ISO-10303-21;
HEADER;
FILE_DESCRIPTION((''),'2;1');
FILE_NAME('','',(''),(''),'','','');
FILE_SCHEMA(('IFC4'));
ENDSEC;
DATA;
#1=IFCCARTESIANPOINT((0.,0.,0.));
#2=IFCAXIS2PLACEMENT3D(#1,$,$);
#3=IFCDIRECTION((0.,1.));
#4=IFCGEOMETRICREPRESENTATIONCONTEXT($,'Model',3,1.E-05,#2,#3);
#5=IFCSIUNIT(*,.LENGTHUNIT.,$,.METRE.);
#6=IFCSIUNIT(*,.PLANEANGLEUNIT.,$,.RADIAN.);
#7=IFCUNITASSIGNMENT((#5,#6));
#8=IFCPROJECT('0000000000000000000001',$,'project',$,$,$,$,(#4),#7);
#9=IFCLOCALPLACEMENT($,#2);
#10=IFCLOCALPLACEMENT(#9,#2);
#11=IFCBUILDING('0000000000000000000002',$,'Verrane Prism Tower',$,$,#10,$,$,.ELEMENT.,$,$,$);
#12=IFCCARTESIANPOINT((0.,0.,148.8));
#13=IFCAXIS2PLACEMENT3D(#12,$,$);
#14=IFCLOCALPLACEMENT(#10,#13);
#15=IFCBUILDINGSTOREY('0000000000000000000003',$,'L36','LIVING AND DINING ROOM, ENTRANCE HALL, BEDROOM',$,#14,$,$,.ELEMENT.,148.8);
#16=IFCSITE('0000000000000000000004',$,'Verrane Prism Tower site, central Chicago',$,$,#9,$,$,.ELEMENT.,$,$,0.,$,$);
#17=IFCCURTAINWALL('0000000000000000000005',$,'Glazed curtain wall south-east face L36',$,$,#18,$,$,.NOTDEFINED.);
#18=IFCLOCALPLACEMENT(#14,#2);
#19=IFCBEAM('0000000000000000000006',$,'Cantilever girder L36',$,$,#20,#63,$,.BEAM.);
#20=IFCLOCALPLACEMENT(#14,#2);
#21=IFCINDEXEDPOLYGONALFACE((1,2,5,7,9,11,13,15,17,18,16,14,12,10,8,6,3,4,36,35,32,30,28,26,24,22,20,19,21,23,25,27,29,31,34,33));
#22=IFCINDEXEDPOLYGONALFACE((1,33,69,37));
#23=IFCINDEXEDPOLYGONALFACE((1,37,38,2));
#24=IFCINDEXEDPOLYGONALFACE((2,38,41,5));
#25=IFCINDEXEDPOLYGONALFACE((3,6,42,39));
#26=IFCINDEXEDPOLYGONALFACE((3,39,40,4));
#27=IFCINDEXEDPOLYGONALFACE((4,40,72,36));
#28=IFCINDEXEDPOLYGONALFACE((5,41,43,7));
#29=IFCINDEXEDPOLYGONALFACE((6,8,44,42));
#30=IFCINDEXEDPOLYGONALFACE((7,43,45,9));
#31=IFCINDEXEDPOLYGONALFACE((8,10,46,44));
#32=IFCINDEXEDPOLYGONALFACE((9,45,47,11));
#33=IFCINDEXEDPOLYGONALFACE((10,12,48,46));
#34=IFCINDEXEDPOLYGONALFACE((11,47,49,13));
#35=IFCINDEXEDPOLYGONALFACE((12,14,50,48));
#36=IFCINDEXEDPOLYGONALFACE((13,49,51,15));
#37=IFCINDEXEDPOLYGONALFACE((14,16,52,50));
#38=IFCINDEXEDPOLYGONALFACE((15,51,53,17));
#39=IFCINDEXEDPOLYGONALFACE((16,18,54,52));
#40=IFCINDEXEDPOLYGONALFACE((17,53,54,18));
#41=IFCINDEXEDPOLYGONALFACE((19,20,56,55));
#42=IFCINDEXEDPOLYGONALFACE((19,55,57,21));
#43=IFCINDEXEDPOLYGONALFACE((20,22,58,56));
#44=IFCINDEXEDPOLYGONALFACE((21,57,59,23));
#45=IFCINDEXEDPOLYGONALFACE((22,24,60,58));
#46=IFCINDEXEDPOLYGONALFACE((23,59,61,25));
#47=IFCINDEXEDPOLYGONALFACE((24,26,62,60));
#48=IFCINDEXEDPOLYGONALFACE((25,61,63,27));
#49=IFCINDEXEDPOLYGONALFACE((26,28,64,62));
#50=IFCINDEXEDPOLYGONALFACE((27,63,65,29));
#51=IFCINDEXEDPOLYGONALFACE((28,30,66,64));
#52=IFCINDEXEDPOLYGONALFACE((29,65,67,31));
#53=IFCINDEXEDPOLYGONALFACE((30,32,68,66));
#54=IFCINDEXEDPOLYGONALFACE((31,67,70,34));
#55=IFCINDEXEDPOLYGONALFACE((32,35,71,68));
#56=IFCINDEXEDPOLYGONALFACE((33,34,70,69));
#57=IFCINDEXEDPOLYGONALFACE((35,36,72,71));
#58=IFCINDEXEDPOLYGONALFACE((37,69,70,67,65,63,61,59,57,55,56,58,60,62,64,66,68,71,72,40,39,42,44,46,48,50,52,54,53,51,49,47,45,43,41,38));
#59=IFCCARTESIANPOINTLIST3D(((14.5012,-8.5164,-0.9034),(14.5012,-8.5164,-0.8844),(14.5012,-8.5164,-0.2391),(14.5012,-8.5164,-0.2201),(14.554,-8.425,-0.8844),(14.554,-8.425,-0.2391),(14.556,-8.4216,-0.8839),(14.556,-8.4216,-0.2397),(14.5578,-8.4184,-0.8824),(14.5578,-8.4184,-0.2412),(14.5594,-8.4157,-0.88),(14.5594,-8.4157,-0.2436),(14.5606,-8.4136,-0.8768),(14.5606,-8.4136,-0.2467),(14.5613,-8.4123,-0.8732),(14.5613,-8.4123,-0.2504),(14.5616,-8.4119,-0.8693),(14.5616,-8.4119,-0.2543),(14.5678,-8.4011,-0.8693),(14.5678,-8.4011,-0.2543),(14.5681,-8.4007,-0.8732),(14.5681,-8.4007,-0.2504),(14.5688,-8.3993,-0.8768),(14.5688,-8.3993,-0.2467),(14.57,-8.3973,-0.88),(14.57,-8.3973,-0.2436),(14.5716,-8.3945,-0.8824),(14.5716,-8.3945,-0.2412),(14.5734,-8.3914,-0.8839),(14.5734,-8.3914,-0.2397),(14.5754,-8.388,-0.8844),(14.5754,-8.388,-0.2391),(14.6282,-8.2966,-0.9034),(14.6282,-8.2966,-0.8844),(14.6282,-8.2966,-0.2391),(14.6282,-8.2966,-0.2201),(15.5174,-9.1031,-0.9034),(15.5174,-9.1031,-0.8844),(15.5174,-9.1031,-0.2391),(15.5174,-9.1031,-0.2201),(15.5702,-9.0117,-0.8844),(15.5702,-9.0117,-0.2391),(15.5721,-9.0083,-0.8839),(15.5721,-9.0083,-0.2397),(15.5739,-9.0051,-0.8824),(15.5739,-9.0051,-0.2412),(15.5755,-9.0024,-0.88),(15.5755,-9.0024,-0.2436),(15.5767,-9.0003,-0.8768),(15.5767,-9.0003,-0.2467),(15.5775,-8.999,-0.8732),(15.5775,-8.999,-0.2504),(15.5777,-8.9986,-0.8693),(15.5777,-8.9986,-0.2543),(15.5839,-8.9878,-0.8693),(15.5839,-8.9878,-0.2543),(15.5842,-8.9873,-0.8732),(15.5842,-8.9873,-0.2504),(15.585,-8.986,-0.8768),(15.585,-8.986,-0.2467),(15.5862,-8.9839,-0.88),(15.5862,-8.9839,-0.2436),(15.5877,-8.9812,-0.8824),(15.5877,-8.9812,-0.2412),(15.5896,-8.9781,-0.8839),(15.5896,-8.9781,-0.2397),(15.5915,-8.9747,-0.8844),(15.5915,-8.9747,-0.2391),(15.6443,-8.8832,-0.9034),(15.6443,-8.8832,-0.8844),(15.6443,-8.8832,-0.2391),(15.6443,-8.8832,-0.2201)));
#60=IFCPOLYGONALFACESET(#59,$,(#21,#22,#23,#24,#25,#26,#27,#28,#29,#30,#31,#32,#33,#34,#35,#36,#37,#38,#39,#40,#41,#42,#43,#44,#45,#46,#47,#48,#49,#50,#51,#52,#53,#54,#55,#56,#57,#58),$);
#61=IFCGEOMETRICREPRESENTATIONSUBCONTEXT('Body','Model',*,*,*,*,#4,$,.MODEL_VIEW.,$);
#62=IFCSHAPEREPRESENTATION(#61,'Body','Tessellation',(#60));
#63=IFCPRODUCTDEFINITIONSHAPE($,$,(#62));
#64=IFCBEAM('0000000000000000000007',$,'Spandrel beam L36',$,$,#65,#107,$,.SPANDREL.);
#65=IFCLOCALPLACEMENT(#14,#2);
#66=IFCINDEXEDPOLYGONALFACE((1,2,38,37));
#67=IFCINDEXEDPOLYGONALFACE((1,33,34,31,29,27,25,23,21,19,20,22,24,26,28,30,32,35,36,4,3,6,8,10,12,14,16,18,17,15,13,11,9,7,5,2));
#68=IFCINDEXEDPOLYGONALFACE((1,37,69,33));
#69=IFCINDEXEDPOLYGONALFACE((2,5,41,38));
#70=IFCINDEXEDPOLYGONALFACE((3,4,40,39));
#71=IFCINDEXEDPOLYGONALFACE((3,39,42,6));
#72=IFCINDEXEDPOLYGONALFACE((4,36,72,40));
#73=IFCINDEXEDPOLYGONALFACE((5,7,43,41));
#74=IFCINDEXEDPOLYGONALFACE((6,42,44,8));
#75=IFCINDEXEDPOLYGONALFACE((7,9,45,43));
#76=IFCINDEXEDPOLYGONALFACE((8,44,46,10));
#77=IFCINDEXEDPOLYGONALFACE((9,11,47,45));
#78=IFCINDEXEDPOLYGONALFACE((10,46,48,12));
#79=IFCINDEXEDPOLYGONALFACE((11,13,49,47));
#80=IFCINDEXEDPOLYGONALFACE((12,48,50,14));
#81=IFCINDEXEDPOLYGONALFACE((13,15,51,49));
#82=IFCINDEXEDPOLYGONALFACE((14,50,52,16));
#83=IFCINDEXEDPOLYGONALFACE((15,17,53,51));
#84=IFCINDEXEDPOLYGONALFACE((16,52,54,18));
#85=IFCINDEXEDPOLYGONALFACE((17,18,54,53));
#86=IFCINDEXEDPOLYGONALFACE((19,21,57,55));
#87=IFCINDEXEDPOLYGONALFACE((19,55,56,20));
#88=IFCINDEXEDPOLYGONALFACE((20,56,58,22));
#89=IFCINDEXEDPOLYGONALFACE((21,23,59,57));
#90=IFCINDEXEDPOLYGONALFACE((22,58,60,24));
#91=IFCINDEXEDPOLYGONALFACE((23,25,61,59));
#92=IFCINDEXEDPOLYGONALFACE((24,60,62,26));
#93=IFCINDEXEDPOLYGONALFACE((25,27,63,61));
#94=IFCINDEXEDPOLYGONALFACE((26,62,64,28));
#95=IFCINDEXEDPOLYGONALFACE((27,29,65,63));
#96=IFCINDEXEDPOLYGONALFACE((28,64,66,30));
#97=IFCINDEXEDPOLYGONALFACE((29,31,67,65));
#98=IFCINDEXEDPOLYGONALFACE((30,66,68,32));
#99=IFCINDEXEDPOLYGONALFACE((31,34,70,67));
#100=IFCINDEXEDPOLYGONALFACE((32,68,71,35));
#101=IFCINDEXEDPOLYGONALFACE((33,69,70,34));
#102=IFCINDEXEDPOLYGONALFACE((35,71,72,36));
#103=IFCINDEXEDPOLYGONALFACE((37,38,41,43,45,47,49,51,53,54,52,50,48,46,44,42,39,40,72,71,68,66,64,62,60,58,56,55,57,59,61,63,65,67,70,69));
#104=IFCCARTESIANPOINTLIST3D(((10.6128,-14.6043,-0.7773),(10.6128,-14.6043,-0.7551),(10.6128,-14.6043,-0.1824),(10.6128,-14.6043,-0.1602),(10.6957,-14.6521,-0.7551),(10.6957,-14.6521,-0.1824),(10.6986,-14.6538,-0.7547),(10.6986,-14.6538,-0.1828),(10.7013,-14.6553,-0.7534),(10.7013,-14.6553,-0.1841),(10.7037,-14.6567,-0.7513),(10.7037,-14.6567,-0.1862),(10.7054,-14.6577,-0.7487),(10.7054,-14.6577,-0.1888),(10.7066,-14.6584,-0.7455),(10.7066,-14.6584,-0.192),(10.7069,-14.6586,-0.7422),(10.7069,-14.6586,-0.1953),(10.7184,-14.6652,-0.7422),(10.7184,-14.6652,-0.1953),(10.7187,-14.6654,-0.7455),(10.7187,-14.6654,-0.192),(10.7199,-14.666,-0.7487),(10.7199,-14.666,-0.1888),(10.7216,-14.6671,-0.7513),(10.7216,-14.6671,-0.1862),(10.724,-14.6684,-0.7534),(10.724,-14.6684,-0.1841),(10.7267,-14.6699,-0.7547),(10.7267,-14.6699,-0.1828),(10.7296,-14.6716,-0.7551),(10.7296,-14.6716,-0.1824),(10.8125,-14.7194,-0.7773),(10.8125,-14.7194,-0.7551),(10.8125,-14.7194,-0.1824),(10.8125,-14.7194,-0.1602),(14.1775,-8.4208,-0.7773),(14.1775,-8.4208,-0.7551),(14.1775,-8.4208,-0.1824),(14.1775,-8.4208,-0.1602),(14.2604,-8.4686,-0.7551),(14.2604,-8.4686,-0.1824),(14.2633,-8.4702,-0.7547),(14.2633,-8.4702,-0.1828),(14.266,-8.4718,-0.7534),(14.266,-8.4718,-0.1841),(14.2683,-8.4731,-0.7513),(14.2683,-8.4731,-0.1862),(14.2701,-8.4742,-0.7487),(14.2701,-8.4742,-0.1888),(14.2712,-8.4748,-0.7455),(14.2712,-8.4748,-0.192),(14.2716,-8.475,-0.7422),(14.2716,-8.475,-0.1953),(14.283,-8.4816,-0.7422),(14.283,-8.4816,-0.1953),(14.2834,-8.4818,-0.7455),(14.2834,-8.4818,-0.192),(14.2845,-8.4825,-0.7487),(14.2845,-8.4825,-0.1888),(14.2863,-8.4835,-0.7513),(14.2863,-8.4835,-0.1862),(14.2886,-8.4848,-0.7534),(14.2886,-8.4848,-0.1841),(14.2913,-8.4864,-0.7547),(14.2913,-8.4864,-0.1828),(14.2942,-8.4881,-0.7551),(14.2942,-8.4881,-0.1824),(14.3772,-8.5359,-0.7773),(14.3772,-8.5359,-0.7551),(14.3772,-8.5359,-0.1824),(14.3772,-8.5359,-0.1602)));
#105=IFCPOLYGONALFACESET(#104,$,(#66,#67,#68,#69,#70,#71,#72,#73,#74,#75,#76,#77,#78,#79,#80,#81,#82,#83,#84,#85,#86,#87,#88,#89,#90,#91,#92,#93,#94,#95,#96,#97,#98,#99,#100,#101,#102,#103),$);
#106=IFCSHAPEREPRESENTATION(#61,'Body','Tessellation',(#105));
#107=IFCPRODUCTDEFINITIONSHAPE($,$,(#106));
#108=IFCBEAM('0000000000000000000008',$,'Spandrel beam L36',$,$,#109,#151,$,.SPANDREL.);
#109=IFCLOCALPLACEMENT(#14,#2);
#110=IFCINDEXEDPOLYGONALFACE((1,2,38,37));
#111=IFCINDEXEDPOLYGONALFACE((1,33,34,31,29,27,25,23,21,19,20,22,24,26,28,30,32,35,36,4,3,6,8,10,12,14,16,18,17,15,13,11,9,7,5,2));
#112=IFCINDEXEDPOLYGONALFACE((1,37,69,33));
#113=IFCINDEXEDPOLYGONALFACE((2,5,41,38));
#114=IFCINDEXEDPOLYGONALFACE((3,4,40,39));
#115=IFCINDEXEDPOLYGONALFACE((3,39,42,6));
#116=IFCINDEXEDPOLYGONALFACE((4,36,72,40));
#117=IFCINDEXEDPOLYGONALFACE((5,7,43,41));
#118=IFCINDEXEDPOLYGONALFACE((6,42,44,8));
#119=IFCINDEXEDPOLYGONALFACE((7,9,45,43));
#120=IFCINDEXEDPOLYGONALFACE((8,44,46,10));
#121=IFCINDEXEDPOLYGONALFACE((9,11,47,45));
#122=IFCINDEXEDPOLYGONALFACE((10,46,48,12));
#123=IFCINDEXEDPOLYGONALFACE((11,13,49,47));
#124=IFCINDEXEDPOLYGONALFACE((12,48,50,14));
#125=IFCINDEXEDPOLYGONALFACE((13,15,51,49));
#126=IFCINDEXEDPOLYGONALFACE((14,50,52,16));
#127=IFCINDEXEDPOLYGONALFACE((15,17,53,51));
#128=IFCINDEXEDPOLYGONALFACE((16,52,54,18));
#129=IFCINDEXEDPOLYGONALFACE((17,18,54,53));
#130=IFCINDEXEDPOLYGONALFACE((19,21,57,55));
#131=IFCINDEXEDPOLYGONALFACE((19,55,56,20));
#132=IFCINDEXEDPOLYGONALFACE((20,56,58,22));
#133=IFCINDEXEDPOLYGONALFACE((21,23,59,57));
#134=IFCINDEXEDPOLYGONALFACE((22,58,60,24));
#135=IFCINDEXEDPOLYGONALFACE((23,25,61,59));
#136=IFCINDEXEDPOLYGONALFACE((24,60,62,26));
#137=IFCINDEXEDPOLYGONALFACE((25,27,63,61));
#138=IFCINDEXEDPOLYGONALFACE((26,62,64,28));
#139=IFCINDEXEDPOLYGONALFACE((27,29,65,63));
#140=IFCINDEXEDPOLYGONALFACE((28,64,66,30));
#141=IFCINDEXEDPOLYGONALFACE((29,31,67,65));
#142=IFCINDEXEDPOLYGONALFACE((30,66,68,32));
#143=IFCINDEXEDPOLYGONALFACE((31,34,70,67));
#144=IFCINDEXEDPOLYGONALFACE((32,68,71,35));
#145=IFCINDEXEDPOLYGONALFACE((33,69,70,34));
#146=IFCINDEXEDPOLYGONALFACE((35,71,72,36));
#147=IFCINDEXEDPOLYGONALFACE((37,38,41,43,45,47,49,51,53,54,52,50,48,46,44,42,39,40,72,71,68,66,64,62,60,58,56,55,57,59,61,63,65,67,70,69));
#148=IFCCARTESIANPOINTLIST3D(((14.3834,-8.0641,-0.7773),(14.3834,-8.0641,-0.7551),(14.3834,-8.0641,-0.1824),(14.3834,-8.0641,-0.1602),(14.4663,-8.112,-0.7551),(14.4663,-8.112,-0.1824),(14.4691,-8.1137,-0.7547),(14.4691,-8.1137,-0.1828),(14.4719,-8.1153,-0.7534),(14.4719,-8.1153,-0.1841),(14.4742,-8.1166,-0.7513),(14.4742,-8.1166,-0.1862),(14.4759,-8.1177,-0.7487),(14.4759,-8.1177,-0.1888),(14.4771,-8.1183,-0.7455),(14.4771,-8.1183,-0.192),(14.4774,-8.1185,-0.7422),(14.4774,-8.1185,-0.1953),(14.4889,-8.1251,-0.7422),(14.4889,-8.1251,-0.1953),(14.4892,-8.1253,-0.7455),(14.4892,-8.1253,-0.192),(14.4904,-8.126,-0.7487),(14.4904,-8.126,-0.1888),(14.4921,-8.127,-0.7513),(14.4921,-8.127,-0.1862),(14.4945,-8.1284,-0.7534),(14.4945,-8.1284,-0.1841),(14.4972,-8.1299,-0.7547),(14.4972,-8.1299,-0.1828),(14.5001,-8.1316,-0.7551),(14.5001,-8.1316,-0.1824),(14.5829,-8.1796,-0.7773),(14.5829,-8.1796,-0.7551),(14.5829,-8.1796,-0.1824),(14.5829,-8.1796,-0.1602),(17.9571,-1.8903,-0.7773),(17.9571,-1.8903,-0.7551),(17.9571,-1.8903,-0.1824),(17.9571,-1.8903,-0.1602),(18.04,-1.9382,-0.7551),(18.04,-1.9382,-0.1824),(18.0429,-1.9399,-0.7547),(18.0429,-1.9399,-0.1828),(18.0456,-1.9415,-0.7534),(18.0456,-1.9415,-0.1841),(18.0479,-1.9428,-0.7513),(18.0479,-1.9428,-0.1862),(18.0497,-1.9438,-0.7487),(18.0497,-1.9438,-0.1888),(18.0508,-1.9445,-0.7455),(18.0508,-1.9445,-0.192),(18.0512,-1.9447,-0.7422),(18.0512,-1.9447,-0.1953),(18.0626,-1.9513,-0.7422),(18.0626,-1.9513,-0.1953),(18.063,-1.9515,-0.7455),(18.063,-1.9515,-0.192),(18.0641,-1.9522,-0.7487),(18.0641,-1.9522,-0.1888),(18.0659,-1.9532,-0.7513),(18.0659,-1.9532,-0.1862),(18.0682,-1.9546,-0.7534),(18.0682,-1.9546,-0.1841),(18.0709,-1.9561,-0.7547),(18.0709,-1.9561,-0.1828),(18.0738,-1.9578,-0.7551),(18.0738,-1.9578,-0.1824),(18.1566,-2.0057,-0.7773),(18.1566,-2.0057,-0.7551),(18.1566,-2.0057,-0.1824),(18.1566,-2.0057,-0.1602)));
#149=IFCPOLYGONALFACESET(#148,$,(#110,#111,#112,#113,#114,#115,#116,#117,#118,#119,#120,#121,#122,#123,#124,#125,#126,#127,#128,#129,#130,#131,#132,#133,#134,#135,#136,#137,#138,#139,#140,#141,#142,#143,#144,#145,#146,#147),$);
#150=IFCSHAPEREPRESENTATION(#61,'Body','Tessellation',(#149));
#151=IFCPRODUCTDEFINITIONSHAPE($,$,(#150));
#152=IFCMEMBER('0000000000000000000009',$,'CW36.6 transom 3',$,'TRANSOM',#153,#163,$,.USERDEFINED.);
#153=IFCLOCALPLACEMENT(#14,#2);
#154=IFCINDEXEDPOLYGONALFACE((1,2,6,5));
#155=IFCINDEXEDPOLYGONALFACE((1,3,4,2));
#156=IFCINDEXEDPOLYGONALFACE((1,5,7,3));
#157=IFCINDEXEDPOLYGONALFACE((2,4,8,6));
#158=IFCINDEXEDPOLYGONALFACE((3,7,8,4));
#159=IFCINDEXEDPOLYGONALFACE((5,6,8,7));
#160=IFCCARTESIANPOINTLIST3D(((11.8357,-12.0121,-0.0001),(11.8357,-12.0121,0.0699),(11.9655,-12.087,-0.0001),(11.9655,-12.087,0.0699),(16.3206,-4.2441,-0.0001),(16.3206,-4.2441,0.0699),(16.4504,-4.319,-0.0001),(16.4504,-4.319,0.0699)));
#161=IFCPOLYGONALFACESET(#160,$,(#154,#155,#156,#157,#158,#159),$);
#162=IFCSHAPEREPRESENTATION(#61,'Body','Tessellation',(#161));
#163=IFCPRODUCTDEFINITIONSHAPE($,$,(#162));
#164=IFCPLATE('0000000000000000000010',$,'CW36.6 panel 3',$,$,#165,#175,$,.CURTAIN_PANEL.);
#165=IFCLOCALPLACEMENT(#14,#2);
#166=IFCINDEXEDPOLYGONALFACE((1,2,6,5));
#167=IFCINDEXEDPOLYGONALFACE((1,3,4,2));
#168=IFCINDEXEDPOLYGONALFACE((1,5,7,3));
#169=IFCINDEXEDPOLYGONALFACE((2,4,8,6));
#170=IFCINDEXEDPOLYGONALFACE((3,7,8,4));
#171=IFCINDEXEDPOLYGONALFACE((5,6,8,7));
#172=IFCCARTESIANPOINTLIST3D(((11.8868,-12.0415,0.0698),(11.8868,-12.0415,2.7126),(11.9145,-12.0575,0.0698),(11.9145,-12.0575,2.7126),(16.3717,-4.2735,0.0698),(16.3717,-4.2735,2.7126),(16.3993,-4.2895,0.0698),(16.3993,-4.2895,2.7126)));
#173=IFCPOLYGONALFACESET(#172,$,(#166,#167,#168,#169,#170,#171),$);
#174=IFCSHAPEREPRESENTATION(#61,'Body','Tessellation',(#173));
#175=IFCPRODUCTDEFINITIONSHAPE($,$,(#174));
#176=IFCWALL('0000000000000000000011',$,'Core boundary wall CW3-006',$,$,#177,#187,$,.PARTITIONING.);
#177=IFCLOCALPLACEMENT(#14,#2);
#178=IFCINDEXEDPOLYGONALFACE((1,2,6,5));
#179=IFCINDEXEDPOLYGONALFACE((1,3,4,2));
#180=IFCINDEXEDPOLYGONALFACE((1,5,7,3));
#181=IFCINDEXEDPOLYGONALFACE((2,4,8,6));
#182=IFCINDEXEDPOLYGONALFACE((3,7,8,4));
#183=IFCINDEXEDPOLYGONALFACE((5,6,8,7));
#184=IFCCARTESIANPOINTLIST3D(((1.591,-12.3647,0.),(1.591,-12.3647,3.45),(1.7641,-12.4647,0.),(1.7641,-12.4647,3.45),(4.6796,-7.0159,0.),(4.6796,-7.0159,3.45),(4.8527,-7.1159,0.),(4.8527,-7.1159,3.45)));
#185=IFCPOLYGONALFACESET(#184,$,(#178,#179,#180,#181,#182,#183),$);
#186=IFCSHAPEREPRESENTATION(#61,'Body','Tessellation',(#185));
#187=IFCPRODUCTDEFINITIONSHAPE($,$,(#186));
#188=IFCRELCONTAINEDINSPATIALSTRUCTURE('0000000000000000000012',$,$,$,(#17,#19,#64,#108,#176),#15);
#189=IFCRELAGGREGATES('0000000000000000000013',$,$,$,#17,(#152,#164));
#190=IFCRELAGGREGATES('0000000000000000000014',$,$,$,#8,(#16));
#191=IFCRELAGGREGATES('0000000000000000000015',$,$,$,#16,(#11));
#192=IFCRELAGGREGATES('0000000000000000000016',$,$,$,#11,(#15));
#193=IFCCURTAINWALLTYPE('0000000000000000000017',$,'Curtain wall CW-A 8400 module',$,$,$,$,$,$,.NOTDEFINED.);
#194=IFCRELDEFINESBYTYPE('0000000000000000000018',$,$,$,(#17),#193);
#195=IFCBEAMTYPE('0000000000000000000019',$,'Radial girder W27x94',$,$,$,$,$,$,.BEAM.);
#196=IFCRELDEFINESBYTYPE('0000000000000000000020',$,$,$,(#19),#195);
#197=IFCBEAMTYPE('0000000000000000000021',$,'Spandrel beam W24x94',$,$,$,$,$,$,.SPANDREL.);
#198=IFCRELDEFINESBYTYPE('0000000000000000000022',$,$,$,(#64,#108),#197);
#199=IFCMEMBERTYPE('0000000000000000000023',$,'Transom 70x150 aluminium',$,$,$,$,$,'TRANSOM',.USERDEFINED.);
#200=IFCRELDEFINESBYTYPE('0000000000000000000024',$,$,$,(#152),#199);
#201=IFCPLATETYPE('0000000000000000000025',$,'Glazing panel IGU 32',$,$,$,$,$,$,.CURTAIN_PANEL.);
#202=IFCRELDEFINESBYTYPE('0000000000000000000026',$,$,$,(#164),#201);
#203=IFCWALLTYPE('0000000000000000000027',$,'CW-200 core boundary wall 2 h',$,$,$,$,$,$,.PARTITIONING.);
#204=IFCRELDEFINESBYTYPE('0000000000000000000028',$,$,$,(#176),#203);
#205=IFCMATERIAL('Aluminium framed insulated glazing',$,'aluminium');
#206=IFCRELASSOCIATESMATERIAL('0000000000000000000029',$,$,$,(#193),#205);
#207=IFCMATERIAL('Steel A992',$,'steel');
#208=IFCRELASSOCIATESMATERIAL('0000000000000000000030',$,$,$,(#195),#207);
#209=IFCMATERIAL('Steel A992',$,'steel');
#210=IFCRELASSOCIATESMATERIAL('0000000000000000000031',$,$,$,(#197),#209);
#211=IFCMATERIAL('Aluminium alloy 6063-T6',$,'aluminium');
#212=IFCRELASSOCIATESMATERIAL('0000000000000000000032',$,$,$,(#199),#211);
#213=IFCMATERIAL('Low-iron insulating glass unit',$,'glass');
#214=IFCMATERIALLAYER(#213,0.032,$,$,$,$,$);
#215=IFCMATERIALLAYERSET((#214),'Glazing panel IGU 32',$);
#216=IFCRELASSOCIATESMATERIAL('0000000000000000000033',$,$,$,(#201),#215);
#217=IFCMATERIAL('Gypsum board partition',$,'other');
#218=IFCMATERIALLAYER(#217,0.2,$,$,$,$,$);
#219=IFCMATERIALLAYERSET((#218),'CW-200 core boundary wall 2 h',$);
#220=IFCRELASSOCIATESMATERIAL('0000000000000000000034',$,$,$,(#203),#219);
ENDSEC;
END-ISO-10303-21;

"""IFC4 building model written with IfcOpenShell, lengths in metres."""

from ifc_helpers import new_model, si_unit, direction, frame, frame_2d, origin, origin_2d, place, context, subcontext, project, spatial, rectangle, i_section, extrude, material, layer, layer_set, material_profile, profile_set, type_object, element, aggregate, save


model = new_model("IFC4")

# Units and contexts
model_context = context("Model", 3, precision=1e-05, world=origin(), true_north=direction((0.0, 1.0)))
body_context = subcontext(model_context, "Body", "Model", "MODEL_VIEW")
ifc_project = project(units=[si_unit("LENGTHUNIT", "METRE"), si_unit("PLANEANGLEUNIT", "RADIAN")], contexts=[model_context])

# Site, building, storey
site_placement = place(None, origin())
site = spatial("IfcSite", under=ifc_project, at=site_placement, Name="Verrane Prism Tower site, central Chicago", CompositionType="ELEMENT", RefElevation=0.0)
building_placement = place(site_placement, origin())
building = spatial("IfcBuilding", under=site, at=building_placement, Name="Verrane Prism Tower", CompositionType="ELEMENT")
storey_placement = place(building_placement, frame((0.0, 0.0, 148.8)))
storey = spatial("IfcBuildingStorey", under=building, at=storey_placement, Name="L36", Description="LIVING AND DINING ROOM, ENTRANCE HALL, BEDROOM", CompositionType="ELEMENT", Elevation=148.8)

# Curtain wall
ifc_material_1 = material(Name="Aluminium framed insulated glazing", Category="aluminium")
curtain_wall_type = type_object("IfcCurtainWallType", Name="Curtain wall CW-A 8400 module", PredefinedType="NOTDEFINED", material=ifc_material_1)
curtain_wall_placement = place(storey_placement, origin())
curtain_wall = element("IfcCurtainWall", 1, at=curtain_wall_placement, inside=storey, type_object=curtain_wall_type, Name="Glazed curtain wall south-east face L36", PredefinedType="NOTDEFINED")

# Beams
ifc_material_2 = material(Name="Steel A992", Category="steel")
ifc_material_profile_1 = material_profile(ifc_material_2, i_section(OverallWidth=0.2539, OverallDepth=0.6833, WebThickness=0.0125, FlangeThickness=0.019, FilletRadius=0.0151, at=origin_2d()), Name="W27x94")
ifc_profile_set_1 = profile_set([ifc_material_profile_1], Name="Steel A992")
beam_type_1 = type_object("IfcBeamType", Name="Radial girder W27x94", PredefinedType="BEAM", material=ifc_profile_set_1)
beam_1_placement = place(storey_placement, frame((14.5647, -8.4065, -0.5618), z_axis=(0.866019, -0.500011, 0.0), x_axis=(0.500011, 0.866019, 0.0)))
element("IfcBeam", 2, at=beam_1_placement, inside=storey, type_object=beam_type_1, Name="Cantilever girder L36", PredefinedType="BEAM", context=body_context, shape_type="SweptSolid", body=[
    extrude(i_section(OverallWidth=0.2539, OverallDepth=0.6833, WebThickness=0.0125, FlangeThickness=0.019, FilletRadius=0.0151, at=origin_2d()), origin(), (0.0, 0.0, 1.0), 1.1733),
])
ifc_material_3 = material(Name="Steel A992", Category="steel")
ifc_material_profile_2 = material_profile(ifc_material_3, i_section(OverallWidth=0.2305, OverallDepth=0.6172, WebThickness=0.0132, FlangeThickness=0.0222, FilletRadius=0.0129, at=origin_2d()), Name="W24x94")
ifc_profile_set_2 = profile_set([ifc_material_profile_2], Name="Steel A992")
beam_type_2 = type_object("IfcBeamType", Name="Spandrel beam W24x94", PredefinedType="SPANDREL", material=ifc_profile_set_2)
beam_2_placement = place(storey_placement, frame((10.7126, -14.6619, -0.4688), z_axis=(0.499432, 0.866353, 0.0), x_axis=(-0.866353, 0.499432, 0.0)))
element("IfcBeam", 3, at=beam_2_placement, inside=storey, type_object=beam_type_2, Name="Spandrel beam L36", PredefinedType="SPANDREL", context=body_context, shape_type="SweptSolid", body=[
    extrude(i_section(OverallWidth=0.2305, OverallDepth=0.6172, WebThickness=0.0132, FlangeThickness=0.0222, FilletRadius=0.0129, at=origin_2d()), origin(), (0.0, 0.0, 1.0), 7.1375),
])
beam_3_placement = place(storey_placement, frame((14.4832, -8.1218, -0.4688), z_axis=(0.500974, 0.865462, 0.0), x_axis=(-0.865462, 0.500974, 0.0)))
element("IfcBeam", 4, at=beam_3_placement, inside=storey, type_object=beam_type_2, Name="Spandrel beam L36", PredefinedType="SPANDREL", context=body_context, shape_type="SweptSolid", body=[
    extrude(i_section(OverallWidth=0.2305, OverallDepth=0.6172, WebThickness=0.0132, FlangeThickness=0.0222, FilletRadius=0.0129, at=origin_2d()), origin(), (0.0, 0.0, 1.0), 7.1335),
])

# Member
ifc_material_4 = material(Name="Aluminium alloy 6063-T6", Category="aluminium")
ifc_material_profile_3 = material_profile(ifc_material_4, rectangle(XDim=0.1499, YDim=0.0701, at=origin_2d()), Name="Transom 70x150 aluminium")
ifc_profile_set_3 = profile_set([ifc_material_profile_3], Name="Aluminium alloy 6063-T6")
member_type_1 = type_object("IfcMemberType", Name="Transom 70x150 aluminium", ElementType="TRANSOM", PredefinedType="USERDEFINED", material=ifc_profile_set_3)
member_1_placement = place(storey_placement, frame((11.9006, -12.0496, 0.0349), z_axis=(0.499997, 0.866027, 0.0), x_axis=(-0.866027, 0.499997, 0.0)))
member_1 = element("IfcMember", 5, at=member_1_placement, type_object=member_type_1, Name="CW36.6 transom 3", ObjectType="TRANSOM", PredefinedType="USERDEFINED", context=body_context, shape_type="SweptSolid", body=[
    extrude(rectangle(XDim=0.1499, YDim=0.0701, at=origin_2d()), origin(), (0.0, 0.0, 1.0), 8.9697),
])

# Plate
ifc_material_5 = material(Name="Low-iron insulating glass unit", Category="glass")
ifc_layer_1 = layer(ifc_material_5, 0.032)
ifc_layer_set_1 = layer_set([ifc_layer_1], Name="Glazing panel IGU 32")
plate_type = type_object("IfcPlateType", Name="Glazing panel IGU 32", PredefinedType="CURTAIN_PANEL", material=ifc_layer_set_1)
plate_placement = place(storey_placement, frame((14.1431, -8.1655, 0.0698), z_axis=(0.0, 0.0, 1.0), x_axis=(0.500001, 0.866025, 0.0)))
plate = element("IfcPlate", 6, at=plate_placement, type_object=plate_type, Name="CW36.6 panel 3", PredefinedType="CURTAIN_PANEL", context=body_context, shape_type="SweptSolid", body=[
    extrude(rectangle(XDim=8.9697, YDim=0.032, at=origin_2d()), origin(), (0.0, 0.0, 1.0), 2.6428),
])
aggregate(curtain_wall, [member_1, plate])

# Wall
ifc_material_6 = material(Name="Gypsum board partition", Category="other")
ifc_layer_2 = layer(ifc_material_6, 0.2)
ifc_layer_set_2 = layer_set([ifc_layer_2], Name="CW-200 core boundary wall 2 h")
wall_type_1 = type_object("IfcWallType", Name="CW-200 core boundary wall 2 h", PredefinedType="PARTITIONING", material=ifc_layer_set_2)
wall_1_placement = place(storey_placement, frame((1.6775, -12.4148, 0.0), z_axis=(0.0, 0.0, 1.0), x_axis=(0.500054, 0.865994, 0.0)))
element("IfcWall", 7, at=wall_1_placement, inside=storey, type_object=wall_type_1, Name="Core boundary wall CW3-006", PredefinedType="PARTITIONING", context=body_context, shape_type="SweptSolid", body=[
    extrude(rectangle(XDim=6.1765, YDim=0.2, at=frame_2d((3.0884, 0.0))), origin(), (0.0, 0.0, 1.0), 3.45),
])

save(model, "model.ifc")
